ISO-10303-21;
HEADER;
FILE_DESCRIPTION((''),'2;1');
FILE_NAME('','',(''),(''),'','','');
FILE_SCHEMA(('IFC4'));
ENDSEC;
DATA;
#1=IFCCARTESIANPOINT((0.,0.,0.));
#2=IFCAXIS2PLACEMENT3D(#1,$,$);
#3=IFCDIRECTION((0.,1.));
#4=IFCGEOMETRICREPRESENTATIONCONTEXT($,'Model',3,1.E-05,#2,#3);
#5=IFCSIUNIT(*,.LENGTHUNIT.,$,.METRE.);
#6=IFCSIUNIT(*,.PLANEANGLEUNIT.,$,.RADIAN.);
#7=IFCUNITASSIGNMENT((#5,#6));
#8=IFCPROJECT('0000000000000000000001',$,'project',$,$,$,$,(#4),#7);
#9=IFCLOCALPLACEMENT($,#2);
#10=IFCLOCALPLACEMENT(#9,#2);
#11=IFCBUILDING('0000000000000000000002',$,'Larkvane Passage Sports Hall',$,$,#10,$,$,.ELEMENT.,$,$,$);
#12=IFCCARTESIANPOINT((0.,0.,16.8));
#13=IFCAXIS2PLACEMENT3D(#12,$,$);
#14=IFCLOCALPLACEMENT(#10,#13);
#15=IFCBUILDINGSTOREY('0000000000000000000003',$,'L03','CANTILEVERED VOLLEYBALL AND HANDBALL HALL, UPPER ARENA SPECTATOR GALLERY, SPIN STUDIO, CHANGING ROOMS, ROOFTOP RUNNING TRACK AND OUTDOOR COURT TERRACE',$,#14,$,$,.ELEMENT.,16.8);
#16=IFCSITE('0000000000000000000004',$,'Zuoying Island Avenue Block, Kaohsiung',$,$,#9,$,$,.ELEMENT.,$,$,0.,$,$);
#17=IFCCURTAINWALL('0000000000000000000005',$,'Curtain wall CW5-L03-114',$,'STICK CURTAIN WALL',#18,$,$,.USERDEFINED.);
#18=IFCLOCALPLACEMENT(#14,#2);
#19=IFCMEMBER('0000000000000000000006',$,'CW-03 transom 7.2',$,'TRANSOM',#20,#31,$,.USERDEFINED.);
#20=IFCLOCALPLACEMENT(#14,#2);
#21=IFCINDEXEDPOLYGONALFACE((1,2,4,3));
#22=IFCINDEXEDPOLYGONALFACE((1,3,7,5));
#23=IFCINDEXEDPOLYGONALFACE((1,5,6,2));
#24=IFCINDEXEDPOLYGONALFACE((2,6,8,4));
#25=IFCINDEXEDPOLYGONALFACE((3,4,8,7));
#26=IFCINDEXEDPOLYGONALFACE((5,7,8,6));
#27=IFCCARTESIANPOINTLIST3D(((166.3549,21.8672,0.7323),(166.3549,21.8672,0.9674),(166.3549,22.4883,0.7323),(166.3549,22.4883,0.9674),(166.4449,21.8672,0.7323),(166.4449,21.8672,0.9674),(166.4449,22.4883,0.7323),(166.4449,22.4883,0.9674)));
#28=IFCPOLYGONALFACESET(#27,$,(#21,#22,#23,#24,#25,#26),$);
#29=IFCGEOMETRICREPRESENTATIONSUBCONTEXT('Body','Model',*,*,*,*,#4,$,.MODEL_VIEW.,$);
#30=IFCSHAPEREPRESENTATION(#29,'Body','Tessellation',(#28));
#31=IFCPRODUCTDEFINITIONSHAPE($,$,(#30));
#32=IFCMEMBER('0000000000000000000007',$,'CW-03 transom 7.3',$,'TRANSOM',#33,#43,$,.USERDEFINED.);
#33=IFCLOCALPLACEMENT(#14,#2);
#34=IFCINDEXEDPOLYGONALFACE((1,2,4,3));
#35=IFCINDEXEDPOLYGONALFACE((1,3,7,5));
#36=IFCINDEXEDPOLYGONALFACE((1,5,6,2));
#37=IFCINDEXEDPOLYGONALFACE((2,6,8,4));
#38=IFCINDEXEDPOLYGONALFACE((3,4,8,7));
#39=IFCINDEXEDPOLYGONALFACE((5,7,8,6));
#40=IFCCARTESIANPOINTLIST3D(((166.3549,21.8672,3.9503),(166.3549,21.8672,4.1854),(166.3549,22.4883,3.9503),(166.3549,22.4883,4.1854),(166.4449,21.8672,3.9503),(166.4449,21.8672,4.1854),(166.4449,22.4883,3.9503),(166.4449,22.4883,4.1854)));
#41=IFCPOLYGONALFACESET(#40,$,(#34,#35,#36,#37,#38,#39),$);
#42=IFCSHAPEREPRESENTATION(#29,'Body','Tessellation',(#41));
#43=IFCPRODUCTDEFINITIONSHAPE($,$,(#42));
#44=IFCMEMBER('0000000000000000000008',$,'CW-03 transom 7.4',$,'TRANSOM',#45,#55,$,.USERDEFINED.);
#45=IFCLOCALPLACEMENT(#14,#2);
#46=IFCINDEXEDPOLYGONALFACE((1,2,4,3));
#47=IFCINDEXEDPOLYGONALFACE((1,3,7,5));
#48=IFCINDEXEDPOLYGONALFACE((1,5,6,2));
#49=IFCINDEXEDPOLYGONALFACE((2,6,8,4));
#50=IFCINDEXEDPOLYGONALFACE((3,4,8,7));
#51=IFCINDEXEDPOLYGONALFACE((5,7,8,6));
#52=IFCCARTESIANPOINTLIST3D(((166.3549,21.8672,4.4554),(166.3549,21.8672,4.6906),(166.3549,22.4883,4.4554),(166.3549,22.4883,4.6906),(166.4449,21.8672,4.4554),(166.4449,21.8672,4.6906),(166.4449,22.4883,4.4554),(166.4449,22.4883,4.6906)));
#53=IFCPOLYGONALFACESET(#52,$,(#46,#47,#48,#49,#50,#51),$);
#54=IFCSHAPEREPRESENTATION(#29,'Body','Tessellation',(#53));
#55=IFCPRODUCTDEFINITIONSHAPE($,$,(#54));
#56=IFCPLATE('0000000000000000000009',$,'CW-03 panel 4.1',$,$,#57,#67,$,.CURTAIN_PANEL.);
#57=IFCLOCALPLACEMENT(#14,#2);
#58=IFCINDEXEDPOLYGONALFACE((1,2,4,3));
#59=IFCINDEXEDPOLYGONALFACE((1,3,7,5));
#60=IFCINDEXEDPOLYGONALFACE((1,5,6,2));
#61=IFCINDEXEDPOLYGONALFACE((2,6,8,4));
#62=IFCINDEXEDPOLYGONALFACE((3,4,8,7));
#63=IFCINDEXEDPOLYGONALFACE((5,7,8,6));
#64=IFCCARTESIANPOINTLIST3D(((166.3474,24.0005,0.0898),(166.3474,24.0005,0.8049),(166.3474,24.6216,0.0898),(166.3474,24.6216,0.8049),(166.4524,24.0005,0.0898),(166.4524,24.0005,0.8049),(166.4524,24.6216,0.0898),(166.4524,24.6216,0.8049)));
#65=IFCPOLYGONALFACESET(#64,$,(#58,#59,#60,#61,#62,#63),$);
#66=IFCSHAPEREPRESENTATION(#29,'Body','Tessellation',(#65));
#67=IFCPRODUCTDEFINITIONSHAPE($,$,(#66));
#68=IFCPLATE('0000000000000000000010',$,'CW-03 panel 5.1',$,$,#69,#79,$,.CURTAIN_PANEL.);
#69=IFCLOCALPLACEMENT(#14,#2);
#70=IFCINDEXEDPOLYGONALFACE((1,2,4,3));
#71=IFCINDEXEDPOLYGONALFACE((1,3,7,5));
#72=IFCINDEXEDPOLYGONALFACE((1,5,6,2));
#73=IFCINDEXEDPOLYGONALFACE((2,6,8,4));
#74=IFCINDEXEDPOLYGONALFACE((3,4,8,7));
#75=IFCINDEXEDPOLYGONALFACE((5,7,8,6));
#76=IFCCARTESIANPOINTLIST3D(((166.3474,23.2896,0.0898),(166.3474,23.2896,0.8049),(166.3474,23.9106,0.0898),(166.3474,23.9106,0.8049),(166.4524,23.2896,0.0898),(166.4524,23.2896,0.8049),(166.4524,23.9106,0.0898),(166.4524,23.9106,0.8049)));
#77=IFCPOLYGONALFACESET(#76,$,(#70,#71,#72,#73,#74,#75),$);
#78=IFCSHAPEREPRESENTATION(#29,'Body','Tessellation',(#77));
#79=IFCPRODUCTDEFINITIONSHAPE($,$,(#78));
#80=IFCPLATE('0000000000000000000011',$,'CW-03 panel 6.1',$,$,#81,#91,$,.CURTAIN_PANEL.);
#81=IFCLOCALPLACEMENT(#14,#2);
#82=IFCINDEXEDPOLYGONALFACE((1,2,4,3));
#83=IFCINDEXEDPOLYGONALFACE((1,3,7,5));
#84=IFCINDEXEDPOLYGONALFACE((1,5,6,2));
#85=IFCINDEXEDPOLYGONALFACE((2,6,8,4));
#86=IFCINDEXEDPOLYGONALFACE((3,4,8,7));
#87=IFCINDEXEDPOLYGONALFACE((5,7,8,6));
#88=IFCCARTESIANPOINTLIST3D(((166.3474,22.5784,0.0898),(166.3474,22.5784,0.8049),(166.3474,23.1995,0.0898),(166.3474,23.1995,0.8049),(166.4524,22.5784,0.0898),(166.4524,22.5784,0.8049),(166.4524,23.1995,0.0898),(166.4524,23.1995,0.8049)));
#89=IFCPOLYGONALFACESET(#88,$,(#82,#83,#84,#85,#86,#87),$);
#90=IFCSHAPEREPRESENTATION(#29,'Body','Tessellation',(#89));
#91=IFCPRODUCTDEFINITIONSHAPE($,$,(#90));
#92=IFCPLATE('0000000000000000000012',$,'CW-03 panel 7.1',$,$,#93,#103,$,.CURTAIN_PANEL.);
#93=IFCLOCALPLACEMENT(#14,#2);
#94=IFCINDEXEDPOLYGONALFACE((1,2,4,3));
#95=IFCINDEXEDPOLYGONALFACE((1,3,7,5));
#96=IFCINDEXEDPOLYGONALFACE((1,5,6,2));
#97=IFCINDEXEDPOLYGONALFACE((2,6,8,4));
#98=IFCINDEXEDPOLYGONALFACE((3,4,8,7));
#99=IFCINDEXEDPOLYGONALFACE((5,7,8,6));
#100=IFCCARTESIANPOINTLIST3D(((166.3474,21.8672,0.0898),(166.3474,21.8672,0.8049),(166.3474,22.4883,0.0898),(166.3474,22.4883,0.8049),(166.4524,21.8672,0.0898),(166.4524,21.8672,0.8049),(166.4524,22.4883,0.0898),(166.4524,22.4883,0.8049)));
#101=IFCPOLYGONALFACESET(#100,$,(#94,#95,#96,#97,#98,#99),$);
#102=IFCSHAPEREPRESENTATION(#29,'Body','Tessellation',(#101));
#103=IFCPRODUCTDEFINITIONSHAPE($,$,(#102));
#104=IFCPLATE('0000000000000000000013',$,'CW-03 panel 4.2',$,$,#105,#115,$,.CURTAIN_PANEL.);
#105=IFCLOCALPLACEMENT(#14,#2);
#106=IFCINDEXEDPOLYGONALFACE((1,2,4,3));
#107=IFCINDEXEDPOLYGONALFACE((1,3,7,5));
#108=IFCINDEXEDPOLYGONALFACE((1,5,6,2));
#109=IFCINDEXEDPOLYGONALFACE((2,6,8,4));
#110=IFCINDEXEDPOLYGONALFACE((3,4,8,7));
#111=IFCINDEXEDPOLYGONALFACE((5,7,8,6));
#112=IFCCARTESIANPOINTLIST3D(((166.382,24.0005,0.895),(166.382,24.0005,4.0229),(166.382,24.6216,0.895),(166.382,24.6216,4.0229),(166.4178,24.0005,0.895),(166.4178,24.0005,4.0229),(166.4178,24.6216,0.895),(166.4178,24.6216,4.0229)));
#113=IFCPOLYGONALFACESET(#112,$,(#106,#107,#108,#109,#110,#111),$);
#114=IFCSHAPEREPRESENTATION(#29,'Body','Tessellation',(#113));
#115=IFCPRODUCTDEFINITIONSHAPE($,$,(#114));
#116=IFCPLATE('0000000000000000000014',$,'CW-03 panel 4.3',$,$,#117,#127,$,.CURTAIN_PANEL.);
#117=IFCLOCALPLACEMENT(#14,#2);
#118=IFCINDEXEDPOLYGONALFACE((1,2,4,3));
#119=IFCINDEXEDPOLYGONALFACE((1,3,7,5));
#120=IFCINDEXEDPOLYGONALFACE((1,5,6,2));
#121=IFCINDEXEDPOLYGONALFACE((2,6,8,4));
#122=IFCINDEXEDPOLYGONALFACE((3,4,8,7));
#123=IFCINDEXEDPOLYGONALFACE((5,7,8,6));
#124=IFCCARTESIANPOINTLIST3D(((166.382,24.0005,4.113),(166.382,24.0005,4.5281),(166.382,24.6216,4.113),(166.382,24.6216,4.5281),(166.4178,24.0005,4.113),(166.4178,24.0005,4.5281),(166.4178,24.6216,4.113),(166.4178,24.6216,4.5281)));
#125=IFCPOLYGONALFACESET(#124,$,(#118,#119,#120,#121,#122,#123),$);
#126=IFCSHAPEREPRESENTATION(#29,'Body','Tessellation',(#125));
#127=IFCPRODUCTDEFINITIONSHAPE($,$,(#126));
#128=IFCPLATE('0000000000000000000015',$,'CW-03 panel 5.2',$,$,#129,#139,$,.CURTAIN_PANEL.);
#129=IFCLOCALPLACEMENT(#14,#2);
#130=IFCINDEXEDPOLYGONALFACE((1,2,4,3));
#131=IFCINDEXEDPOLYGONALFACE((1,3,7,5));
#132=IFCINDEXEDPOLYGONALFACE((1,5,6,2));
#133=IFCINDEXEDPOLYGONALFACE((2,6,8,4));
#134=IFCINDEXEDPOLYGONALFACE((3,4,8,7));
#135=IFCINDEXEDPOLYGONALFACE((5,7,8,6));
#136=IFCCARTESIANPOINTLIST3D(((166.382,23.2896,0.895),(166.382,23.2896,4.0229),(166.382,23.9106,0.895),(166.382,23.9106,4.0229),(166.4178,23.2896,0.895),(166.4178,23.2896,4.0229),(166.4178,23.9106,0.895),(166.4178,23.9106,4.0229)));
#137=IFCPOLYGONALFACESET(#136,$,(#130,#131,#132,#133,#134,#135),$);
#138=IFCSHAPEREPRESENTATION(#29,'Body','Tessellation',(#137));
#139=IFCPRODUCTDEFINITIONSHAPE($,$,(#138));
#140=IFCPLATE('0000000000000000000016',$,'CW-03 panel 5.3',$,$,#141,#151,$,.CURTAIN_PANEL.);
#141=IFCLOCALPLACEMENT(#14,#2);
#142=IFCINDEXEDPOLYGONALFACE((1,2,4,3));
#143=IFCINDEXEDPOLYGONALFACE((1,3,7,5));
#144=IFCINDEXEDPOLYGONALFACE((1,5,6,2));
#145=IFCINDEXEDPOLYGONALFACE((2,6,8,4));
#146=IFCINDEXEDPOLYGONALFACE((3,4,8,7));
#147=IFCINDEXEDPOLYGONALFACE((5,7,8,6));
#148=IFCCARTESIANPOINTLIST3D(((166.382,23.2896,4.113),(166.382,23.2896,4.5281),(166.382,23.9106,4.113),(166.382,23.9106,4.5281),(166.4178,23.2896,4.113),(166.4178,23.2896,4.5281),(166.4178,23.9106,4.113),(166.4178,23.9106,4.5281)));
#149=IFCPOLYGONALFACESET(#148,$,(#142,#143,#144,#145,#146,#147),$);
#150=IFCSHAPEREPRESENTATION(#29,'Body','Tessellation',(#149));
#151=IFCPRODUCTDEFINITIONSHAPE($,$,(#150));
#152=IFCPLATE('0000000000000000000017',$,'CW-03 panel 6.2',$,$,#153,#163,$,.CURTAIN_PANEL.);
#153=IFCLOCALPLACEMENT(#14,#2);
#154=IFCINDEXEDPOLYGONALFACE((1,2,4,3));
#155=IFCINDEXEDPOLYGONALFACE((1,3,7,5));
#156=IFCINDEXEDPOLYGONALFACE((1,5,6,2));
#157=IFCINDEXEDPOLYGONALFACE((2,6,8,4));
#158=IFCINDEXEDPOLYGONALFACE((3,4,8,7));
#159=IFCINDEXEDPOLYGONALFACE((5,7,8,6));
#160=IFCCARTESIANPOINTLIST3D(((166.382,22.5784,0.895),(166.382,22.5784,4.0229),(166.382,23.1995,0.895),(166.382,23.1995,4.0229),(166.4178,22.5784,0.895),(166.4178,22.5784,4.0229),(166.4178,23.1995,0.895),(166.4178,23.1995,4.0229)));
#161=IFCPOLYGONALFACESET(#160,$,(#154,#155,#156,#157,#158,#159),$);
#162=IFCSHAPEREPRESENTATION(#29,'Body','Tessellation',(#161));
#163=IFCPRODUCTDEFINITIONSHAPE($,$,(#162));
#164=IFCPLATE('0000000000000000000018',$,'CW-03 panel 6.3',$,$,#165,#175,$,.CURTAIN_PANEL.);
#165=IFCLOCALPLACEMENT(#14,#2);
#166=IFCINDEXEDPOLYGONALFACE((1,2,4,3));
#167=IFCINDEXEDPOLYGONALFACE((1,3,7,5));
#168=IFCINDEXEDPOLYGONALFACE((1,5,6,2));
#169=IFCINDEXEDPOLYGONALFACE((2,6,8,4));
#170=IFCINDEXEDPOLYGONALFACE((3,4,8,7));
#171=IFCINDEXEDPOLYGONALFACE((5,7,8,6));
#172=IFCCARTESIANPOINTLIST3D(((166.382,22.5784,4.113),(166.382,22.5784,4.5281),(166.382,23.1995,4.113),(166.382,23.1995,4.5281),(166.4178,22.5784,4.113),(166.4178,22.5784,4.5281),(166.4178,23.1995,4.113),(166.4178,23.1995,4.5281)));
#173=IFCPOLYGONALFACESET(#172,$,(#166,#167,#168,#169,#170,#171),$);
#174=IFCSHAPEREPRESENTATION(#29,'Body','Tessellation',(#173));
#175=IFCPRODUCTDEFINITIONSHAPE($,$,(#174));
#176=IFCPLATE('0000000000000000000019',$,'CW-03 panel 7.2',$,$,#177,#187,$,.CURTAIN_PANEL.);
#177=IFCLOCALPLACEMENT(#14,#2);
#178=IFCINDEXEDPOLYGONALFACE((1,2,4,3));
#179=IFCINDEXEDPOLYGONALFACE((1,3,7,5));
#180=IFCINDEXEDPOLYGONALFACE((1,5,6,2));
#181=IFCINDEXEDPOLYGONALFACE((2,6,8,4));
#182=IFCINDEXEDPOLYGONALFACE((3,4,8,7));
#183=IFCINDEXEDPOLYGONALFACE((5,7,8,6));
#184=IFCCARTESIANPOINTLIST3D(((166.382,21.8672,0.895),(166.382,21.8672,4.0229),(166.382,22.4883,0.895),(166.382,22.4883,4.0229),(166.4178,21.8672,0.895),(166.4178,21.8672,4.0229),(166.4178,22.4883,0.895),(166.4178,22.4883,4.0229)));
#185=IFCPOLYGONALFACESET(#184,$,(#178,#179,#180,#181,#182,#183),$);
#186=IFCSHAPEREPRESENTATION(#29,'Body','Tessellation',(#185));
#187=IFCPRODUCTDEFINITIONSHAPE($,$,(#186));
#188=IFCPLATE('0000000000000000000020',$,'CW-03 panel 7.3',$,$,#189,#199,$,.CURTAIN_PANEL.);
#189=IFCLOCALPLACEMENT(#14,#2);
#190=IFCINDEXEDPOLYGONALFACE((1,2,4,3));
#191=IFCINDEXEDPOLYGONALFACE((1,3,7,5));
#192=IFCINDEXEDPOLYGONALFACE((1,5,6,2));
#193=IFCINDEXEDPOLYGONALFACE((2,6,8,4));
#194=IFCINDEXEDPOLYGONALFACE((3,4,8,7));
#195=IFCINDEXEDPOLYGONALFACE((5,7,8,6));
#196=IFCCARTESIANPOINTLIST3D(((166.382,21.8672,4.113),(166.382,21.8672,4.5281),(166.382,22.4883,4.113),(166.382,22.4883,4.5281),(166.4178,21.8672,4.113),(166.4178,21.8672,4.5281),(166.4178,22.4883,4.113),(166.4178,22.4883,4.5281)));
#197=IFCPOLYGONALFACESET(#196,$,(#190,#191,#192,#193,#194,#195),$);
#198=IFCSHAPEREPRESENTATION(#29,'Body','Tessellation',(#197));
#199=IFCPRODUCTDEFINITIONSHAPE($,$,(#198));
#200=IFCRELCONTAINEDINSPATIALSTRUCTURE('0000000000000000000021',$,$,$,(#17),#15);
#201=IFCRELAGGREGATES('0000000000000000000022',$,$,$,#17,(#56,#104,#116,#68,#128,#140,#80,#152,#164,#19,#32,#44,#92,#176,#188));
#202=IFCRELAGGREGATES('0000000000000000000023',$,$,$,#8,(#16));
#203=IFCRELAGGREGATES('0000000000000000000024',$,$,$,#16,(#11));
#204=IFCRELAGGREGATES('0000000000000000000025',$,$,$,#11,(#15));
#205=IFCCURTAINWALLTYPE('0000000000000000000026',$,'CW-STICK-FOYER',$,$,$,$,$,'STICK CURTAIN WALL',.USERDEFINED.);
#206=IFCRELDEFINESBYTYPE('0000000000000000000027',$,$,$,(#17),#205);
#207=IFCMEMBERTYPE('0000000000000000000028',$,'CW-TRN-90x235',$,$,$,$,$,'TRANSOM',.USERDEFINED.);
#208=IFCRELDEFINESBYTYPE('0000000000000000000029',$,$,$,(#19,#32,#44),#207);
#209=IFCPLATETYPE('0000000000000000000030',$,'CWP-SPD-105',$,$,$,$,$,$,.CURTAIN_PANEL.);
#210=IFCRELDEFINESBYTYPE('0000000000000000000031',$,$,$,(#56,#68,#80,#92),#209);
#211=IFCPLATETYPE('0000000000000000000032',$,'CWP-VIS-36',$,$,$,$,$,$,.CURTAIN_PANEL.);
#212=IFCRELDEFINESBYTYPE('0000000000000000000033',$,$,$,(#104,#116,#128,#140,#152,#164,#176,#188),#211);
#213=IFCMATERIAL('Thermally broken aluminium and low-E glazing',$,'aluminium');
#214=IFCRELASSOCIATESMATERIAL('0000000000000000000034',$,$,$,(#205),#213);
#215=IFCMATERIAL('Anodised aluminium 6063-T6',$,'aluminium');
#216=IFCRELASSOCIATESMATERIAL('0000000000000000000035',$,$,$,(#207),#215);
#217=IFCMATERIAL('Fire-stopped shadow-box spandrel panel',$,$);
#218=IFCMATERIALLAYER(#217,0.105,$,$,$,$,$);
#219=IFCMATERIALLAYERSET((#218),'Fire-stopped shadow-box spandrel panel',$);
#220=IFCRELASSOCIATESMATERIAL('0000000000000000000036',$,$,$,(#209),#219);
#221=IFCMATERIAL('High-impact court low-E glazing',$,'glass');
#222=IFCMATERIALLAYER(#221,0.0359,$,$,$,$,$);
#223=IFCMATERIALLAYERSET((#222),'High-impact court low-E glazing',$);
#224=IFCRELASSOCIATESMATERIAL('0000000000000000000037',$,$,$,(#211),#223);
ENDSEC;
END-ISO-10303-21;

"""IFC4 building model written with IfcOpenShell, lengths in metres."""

from ifc_helpers import new_model, si_unit, direction, frame, origin, origin_2d, place, context, subcontext, project, spatial, rectangle, extrude, material, layer, layer_set, material_profile, profile_set, type_object, element, aggregate, save


model = new_model("IFC4")

# Units and contexts
model_context = context("Model", 3, precision=1e-05, world=origin(), true_north=direction((0.0, 1.0)))
body_context = subcontext(model_context, "Body", "Model", "MODEL_VIEW")
ifc_project = project(units=[si_unit("LENGTHUNIT", "METRE"), si_unit("PLANEANGLEUNIT", "RADIAN")], contexts=[model_context])

# Site, building, storey
site_placement = place(None, origin())
site = spatial("IfcSite", under=ifc_project, at=site_placement, Name="Zuoying Island Avenue Block, Kaohsiung", CompositionType="ELEMENT", RefElevation=0.0)
building_placement = place(site_placement, origin())
building = spatial("IfcBuilding", under=site, at=building_placement, Name="Larkvane Passage Sports Hall", CompositionType="ELEMENT")
storey_placement = place(building_placement, frame((0.0, 0.0, 16.8)))
storey = spatial("IfcBuildingStorey", under=building, at=storey_placement, Name="L03", Description="CANTILEVERED VOLLEYBALL AND HANDBALL HALL, UPPER ARENA SPECTATOR GALLERY, SPIN STUDIO, CHANGING ROOMS, ROOFTOP RUNNING TRACK AND OUTDOOR COURT TERRACE", CompositionType="ELEMENT", Elevation=16.8)

# Curtain wall, members, plates
ifc_material_1 = material(Name="Thermally broken aluminium and low-E glazing", Category="aluminium")
curtain_wall_type = type_object("IfcCurtainWallType", Name="CW-STICK-FOYER", ElementType="STICK CURTAIN WALL", PredefinedType="USERDEFINED", material=ifc_material_1)
curtain_wall_placement = place(storey_placement, origin())
curtain_wall = element("IfcCurtainWall", 1, at=curtain_wall_placement, inside=storey, type_object=curtain_wall_type, Name="Curtain wall CW5-L03-114", ObjectType="STICK CURTAIN WALL", PredefinedType="USERDEFINED")
ifc_material_2 = material(Name="Anodised aluminium 6063-T6", Category="aluminium")
ifc_material_profile_1 = material_profile(ifc_material_2, rectangle(XDim=0.0901, YDim=0.2351, at=origin_2d()), Name="ALU-TRN-90x235")
ifc_profile_set_1 = profile_set([ifc_material_profile_1], Name="Anodised aluminium 6063-T6")
member_type_1 = type_object("IfcMemberType", Name="CW-TRN-90x235", ElementType="TRANSOM", PredefinedType="USERDEFINED", material=ifc_profile_set_1)
member_1_placement = place(storey_placement, frame((166.3999, 22.4883, 0.8499), z_axis=(0.0, -1.0, 0.0), x_axis=(1.0, 0.0, 0.0)))
member_1 = element("IfcMember", 2, at=member_1_placement, type_object=member_type_1, Name="CW-03 transom 7.2", ObjectType="TRANSOM", PredefinedType="USERDEFINED", context=body_context, shape_type="SweptSolid", body=[
    extrude(rectangle(XDim=0.0901, YDim=0.2351, at=origin_2d()), origin(), (0.0, 0.0, 1.0), 0.6211),
])
member_2_placement = place(storey_placement, frame((166.3999, 22.4883, 4.0679), z_axis=(0.0, -1.0, 0.0), x_axis=(1.0, 0.0, 0.0)))
member_2 = element("IfcMember", 3, at=member_2_placement, type_object=member_type_1, Name="CW-03 transom 7.3", ObjectType="TRANSOM", PredefinedType="USERDEFINED", context=body_context, shape_type="SweptSolid", body=[
    extrude(rectangle(XDim=0.0901, YDim=0.2351, at=origin_2d()), origin(), (0.0, 0.0, 1.0), 0.6211),
])
member_3_placement = place(storey_placement, frame((166.3999, 22.4883, 4.573), z_axis=(0.0, -1.0, 0.0), x_axis=(1.0, 0.0, 0.0)))
member_3 = element("IfcMember", 4, at=member_3_placement, type_object=member_type_1, Name="CW-03 transom 7.4", ObjectType="TRANSOM", PredefinedType="USERDEFINED", context=body_context, shape_type="SweptSolid", body=[
    extrude(rectangle(XDim=0.0901, YDim=0.2351, at=origin_2d()), origin(), (0.0, 0.0, 1.0), 0.6211),
])
ifc_material_3 = material(Name="Fire-stopped shadow-box spandrel panel")
ifc_layer_1 = layer(ifc_material_3, 0.105)
ifc_layer_set_1 = layer_set([ifc_layer_1], Name="Fire-stopped shadow-box spandrel panel")
plate_type_1 = type_object("IfcPlateType", Name="CWP-SPD-105", PredefinedType="CURTAIN_PANEL", material=ifc_layer_set_1)
plate_1_placement = place(storey_placement, frame((166.3999, 24.311, 0.0898), z_axis=(0.0, 0.0, 1.0), x_axis=(0.0, -1.0, 0.0)))
plate_1 = element("IfcPlate", 5, at=plate_1_placement, type_object=plate_type_1, Name="CW-03 panel 4.1", PredefinedType="CURTAIN_PANEL", context=body_context, shape_type="SweptSolid", body=[
    extrude(rectangle(XDim=0.6211, YDim=0.105, at=origin_2d()), origin(), (0.0, 0.0, 1.0), 0.7151),
])
plate_2_placement = place(storey_placement, frame((166.3999, 23.6001, 0.0898), z_axis=(0.0, 0.0, 1.0), x_axis=(0.0, -1.0, 0.0)))
plate_2 = element("IfcPlate", 6, at=plate_2_placement, type_object=plate_type_1, Name="CW-03 panel 5.1", PredefinedType="CURTAIN_PANEL", context=body_context, shape_type="SweptSolid", body=[
    extrude(rectangle(XDim=0.6211, YDim=0.105, at=origin_2d()), origin(), (0.0, 0.0, 1.0), 0.7151),
])
plate_3_placement = place(storey_placement, frame((166.3999, 22.8889, 0.0898), z_axis=(0.0, 0.0, 1.0), x_axis=(0.0, -1.0, 0.0)))
plate_3 = element("IfcPlate", 7, at=plate_3_placement, type_object=plate_type_1, Name="CW-03 panel 6.1", PredefinedType="CURTAIN_PANEL", context=body_context, shape_type="SweptSolid", body=[
    extrude(rectangle(XDim=0.6211, YDim=0.105, at=origin_2d()), origin(), (0.0, 0.0, 1.0), 0.7151),
])
plate_4_placement = place(storey_placement, frame((166.3999, 22.1777, 0.0898), z_axis=(0.0, 0.0, 1.0), x_axis=(0.0, -1.0, 0.0)))
plate_4 = element("IfcPlate", 8, at=plate_4_placement, type_object=plate_type_1, Name="CW-03 panel 7.1", PredefinedType="CURTAIN_PANEL", context=body_context, shape_type="SweptSolid", body=[
    extrude(rectangle(XDim=0.6211, YDim=0.105, at=origin_2d()), origin(), (0.0, 0.0, 1.0), 0.7151),
])
ifc_material_4 = material(Name="High-impact court low-E glazing", Category="glass")
ifc_layer_2 = layer(ifc_material_4, 0.0359)
ifc_layer_set_2 = layer_set([ifc_layer_2], Name="High-impact court low-E glazing")
plate_type_2 = type_object("IfcPlateType", Name="CWP-VIS-36", PredefinedType="CURTAIN_PANEL", material=ifc_layer_set_2)
plate_5_placement = place(storey_placement, frame((166.3999, 24.311, 0.895), z_axis=(0.0, 0.0, 1.0), x_axis=(0.0, -1.0, 0.0)))
plate_5 = element("IfcPlate", 9, at=plate_5_placement, type_object=plate_type_2, Name="CW-03 panel 4.2", PredefinedType="CURTAIN_PANEL", context=body_context, shape_type="SweptSolid", body=[
    extrude(rectangle(XDim=0.6211, YDim=0.0359, at=origin_2d()), origin(), (0.0, 0.0, 1.0), 3.1279),
])
plate_6_placement = place(storey_placement, frame((166.3999, 24.311, 4.113), z_axis=(0.0, 0.0, 1.0), x_axis=(0.0, -1.0, 0.0)))
plate_6 = element("IfcPlate", 10, at=plate_6_placement, type_object=plate_type_2, Name="CW-03 panel 4.3", PredefinedType="CURTAIN_PANEL", context=body_context, shape_type="SweptSolid", body=[
    extrude(rectangle(XDim=0.6211, YDim=0.0359, at=origin_2d()), origin(), (0.0, 0.0, 1.0), 0.415),
])
plate_7_placement = place(storey_placement, frame((166.3999, 23.6001, 0.895), z_axis=(0.0, 0.0, 1.0), x_axis=(0.0, -1.0, 0.0)))
plate_7 = element("IfcPlate", 11, at=plate_7_placement, type_object=plate_type_2, Name="CW-03 panel 5.2", PredefinedType="CURTAIN_PANEL", context=body_context, shape_type="SweptSolid", body=[
    extrude(rectangle(XDim=0.6211, YDim=0.0359, at=origin_2d()), origin(), (0.0, 0.0, 1.0), 3.1279),
])
plate_8_placement = place(storey_placement, frame((166.3999, 23.6001, 4.113), z_axis=(0.0, 0.0, 1.0), x_axis=(0.0, -1.0, 0.0)))
plate_8 = element("IfcPlate", 12, at=plate_8_placement, type_object=plate_type_2, Name="CW-03 panel 5.3", PredefinedType="CURTAIN_PANEL", context=body_context, shape_type="SweptSolid", body=[
    extrude(rectangle(XDim=0.6211, YDim=0.0359, at=origin_2d()), origin(), (0.0, 0.0, 1.0), 0.415),
])
plate_9_placement = place(storey_placement, frame((166.3999, 22.8889, 0.895), z_axis=(0.0, 0.0, 1.0), x_axis=(0.0, -1.0, 0.0)))
plate_9 = element("IfcPlate", 13, at=plate_9_placement, type_object=plate_type_2, Name="CW-03 panel 6.2", PredefinedType="CURTAIN_PANEL", context=body_context, shape_type="SweptSolid", body=[
    extrude(rectangle(XDim=0.6211, YDim=0.0359, at=origin_2d()), origin(), (0.0, 0.0, 1.0), 3.1279),
])
plate_10_placement = place(storey_placement, frame((166.3999, 22.8889, 4.113), z_axis=(0.0, 0.0, 1.0), x_axis=(0.0, -1.0, 0.0)))
plate_10 = element("IfcPlate", 14, at=plate_10_placement, type_object=plate_type_2, Name="CW-03 panel 6.3", PredefinedType="CURTAIN_PANEL", context=body_context, shape_type="SweptSolid", body=[
    extrude(rectangle(XDim=0.6211, YDim=0.0359, at=origin_2d()), origin(), (0.0, 0.0, 1.0), 0.415),
])
plate_11_placement = place(storey_placement, frame((166.3999, 22.1777, 0.895), z_axis=(0.0, 0.0, 1.0), x_axis=(0.0, -1.0, 0.0)))
plate_11 = element("IfcPlate", 15, at=plate_11_placement, type_object=plate_type_2, Name="CW-03 panel 7.2", PredefinedType="CURTAIN_PANEL", context=body_context, shape_type="SweptSolid", body=[
    extrude(rectangle(XDim=0.6211, YDim=0.0359, at=origin_2d()), origin(), (0.0, 0.0, 1.0), 3.1279),
])
plate_12_placement = place(storey_placement, frame((166.3999, 22.1777, 4.113), z_axis=(0.0, 0.0, 1.0), x_axis=(0.0, -1.0, 0.0)))
plate_12 = element("IfcPlate", 16, at=plate_12_placement, type_object=plate_type_2, Name="CW-03 panel 7.3", PredefinedType="CURTAIN_PANEL", context=body_context, shape_type="SweptSolid", body=[
    extrude(rectangle(XDim=0.6211, YDim=0.0359, at=origin_2d()), origin(), (0.0, 0.0, 1.0), 0.415),
])
aggregate(curtain_wall, [plate_1, plate_5, plate_6, plate_2, plate_7, plate_8, plate_3, plate_9, plate_10, member_1, member_2, member_3, plate_4, plate_11, plate_12])

save(model, "model.ifc")
